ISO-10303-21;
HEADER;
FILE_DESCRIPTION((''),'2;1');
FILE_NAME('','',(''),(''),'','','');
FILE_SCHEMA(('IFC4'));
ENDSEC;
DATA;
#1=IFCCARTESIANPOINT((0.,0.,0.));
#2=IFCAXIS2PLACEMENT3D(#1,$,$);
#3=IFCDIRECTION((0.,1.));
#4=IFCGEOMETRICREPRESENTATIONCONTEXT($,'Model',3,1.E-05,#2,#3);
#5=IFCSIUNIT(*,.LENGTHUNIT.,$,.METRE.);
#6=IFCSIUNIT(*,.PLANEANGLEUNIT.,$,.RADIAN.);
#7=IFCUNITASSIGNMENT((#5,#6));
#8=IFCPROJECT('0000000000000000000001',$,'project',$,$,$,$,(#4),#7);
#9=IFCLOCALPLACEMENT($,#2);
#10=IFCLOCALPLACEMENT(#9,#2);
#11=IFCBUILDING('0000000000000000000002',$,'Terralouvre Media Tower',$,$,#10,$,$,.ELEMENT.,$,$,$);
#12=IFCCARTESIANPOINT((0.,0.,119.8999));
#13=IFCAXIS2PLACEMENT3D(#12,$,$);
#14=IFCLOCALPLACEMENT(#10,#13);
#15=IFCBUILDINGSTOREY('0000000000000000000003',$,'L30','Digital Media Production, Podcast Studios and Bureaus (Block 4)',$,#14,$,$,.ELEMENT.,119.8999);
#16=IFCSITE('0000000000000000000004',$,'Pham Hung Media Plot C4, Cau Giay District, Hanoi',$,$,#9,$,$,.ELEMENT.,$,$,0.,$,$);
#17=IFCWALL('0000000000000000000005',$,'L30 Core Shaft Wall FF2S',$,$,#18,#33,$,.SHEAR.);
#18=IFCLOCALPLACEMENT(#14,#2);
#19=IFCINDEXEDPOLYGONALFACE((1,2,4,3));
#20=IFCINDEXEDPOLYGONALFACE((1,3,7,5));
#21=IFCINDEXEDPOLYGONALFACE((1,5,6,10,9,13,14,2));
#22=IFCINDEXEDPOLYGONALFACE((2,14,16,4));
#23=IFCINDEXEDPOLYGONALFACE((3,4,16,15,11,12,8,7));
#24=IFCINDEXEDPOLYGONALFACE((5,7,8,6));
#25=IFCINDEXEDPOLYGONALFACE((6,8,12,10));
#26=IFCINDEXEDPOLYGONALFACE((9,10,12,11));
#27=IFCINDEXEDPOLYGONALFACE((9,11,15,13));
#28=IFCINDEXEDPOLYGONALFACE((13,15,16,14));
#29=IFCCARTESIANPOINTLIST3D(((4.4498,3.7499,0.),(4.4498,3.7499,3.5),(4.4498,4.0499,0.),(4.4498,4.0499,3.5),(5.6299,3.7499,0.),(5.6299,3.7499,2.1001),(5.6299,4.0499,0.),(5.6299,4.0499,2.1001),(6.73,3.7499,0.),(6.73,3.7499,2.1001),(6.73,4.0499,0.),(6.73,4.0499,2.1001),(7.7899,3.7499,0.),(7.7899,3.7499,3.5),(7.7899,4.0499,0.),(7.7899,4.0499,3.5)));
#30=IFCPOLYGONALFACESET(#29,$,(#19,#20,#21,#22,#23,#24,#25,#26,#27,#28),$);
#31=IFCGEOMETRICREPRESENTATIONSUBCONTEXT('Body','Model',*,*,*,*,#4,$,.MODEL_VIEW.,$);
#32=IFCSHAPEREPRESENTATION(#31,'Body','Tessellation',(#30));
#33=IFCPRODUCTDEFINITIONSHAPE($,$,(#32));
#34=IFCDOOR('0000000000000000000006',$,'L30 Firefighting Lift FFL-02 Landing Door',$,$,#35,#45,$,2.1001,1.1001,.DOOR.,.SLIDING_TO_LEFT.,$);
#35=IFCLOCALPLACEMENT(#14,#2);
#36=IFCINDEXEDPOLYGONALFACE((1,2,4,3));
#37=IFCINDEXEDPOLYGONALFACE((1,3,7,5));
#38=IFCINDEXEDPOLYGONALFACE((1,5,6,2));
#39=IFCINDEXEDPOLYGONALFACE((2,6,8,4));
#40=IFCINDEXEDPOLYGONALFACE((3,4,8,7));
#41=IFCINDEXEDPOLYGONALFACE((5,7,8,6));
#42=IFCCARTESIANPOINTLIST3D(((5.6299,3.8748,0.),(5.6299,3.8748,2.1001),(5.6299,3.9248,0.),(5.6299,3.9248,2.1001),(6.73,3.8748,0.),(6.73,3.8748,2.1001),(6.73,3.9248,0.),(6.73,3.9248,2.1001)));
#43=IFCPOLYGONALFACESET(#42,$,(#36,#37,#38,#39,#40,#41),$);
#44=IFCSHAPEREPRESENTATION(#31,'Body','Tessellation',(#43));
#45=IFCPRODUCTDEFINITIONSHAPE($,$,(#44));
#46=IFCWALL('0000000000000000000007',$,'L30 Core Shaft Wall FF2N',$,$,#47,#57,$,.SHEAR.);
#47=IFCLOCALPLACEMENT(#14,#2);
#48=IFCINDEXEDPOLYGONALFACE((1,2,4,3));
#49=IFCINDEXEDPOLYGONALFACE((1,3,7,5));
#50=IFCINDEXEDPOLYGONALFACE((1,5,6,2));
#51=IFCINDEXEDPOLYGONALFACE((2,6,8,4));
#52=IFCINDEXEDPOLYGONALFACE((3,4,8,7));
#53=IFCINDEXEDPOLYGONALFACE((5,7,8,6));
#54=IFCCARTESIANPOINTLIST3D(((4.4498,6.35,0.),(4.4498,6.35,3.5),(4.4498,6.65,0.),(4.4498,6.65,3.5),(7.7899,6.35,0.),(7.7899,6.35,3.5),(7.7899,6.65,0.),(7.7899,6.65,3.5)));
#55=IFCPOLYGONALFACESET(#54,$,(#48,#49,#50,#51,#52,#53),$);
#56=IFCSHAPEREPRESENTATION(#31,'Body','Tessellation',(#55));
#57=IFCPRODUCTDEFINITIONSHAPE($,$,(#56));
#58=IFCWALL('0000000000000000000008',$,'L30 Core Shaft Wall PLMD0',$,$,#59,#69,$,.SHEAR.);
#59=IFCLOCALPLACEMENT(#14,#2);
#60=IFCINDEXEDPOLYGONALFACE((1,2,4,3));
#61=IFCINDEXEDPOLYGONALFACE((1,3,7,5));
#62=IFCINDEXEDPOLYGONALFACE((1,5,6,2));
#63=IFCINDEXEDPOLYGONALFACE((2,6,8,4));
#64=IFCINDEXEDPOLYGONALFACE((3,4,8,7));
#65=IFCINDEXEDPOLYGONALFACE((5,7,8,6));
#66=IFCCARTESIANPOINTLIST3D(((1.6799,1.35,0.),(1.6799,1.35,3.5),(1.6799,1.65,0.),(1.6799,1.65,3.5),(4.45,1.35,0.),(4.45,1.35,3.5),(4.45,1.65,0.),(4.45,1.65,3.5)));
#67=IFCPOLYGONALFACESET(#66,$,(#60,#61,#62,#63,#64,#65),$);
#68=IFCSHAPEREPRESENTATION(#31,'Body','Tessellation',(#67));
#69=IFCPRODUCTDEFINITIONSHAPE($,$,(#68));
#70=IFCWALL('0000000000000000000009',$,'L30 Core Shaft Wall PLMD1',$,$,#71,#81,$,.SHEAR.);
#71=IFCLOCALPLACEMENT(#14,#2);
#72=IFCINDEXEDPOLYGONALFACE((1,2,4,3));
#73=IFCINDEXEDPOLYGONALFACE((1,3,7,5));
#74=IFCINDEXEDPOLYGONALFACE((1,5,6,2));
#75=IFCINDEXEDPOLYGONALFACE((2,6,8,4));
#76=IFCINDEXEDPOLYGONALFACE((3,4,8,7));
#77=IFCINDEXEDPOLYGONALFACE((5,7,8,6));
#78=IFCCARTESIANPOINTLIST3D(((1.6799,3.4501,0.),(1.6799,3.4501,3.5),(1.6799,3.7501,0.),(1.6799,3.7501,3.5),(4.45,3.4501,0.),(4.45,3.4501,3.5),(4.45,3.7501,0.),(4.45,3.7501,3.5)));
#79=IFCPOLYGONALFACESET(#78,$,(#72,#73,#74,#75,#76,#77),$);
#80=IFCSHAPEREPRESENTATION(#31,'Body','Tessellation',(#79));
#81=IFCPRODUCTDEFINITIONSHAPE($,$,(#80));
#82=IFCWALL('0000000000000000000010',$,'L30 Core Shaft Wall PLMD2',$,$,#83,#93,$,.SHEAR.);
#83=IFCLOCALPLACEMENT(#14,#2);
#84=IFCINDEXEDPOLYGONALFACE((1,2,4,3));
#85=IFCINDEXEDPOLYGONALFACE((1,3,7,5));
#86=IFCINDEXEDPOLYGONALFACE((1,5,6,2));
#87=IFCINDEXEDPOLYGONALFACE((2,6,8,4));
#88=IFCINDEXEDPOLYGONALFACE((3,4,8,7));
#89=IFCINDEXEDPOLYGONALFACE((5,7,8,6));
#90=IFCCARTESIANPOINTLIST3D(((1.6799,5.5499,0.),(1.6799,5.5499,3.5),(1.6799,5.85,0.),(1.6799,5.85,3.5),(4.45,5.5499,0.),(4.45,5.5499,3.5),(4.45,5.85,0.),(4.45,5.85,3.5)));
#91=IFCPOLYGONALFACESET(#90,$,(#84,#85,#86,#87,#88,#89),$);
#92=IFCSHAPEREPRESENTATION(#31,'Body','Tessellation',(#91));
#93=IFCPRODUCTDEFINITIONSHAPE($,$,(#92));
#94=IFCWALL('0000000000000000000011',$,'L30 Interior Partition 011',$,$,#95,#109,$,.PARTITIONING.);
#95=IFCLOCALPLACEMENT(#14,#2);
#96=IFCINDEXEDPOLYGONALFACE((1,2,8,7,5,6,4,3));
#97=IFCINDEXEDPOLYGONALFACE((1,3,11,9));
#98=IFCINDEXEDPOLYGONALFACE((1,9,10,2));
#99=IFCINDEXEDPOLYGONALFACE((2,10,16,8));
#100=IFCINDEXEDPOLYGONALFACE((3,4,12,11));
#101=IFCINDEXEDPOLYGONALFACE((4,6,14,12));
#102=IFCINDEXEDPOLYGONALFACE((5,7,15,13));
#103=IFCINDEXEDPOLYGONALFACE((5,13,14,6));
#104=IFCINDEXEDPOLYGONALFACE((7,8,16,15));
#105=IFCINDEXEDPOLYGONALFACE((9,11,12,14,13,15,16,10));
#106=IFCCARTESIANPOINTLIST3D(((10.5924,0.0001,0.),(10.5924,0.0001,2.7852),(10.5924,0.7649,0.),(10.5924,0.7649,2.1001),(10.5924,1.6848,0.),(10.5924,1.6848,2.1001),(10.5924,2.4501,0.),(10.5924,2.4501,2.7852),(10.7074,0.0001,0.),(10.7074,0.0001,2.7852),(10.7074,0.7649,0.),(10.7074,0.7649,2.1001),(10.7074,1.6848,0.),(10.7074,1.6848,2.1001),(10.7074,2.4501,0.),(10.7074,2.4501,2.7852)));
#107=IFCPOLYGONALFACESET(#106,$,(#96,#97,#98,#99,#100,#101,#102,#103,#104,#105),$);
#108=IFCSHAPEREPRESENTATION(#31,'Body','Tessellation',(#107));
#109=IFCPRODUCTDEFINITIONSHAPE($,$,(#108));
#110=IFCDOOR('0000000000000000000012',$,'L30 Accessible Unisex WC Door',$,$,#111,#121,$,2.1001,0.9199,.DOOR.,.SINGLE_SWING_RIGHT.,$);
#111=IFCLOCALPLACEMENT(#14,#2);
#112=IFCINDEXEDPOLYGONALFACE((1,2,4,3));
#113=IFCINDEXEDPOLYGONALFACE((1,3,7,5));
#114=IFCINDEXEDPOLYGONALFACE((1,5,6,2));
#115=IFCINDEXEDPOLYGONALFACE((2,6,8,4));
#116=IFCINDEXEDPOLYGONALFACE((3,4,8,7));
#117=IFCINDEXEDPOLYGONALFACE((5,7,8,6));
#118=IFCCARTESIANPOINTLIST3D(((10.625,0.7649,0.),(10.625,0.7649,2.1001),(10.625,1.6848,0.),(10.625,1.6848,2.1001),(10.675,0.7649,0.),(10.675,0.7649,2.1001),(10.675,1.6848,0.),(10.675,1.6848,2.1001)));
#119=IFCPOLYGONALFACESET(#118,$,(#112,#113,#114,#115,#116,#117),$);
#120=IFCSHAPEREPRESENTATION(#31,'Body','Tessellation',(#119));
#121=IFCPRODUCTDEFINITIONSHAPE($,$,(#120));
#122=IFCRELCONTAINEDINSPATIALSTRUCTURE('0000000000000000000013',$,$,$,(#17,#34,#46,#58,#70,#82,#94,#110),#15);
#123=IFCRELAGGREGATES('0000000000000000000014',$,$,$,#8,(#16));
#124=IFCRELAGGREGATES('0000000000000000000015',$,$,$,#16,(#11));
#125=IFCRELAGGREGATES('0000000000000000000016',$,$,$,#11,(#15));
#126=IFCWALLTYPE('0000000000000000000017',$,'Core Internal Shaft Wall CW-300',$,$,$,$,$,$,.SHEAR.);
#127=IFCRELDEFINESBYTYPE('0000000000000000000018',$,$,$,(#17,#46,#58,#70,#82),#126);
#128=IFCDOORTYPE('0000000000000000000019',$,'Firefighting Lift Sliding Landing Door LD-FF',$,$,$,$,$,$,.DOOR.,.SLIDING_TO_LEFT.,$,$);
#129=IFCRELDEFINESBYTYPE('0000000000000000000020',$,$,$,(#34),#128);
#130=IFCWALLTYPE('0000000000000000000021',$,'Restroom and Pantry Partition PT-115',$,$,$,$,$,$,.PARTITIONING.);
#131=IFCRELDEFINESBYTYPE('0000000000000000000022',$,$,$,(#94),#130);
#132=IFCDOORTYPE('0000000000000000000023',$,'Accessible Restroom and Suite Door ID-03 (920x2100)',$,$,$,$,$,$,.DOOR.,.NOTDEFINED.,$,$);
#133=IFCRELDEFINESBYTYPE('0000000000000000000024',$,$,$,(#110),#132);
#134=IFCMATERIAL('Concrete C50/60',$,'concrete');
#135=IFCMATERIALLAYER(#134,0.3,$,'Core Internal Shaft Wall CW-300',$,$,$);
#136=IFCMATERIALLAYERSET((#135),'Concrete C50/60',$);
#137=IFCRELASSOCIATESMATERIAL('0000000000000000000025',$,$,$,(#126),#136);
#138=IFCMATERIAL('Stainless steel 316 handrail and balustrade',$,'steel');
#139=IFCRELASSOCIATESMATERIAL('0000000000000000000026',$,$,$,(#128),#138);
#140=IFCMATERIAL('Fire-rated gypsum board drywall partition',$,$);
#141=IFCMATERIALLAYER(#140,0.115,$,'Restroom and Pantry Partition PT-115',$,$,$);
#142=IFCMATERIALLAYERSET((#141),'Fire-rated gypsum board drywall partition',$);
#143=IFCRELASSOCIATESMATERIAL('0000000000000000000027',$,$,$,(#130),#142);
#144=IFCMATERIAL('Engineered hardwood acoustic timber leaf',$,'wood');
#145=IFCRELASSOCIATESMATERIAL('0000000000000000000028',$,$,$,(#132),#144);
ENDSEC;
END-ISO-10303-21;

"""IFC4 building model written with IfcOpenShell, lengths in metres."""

from ifc_helpers import new_model, si_unit, direction, frame, frame_2d, origin, place, context, subcontext, project, spatial, rectangle, extrude, material, layer, layer_set, type_object, element, fill, save


model = new_model("IFC4")

# Units and contexts
model_context = context("Model", 3, precision=1e-05, world=origin(), true_north=direction((0.0, 1.0)))
body_context = subcontext(model_context, "Body", "Model", "MODEL_VIEW")
ifc_project = project(units=[si_unit("LENGTHUNIT", "METRE"), si_unit("PLANEANGLEUNIT", "RADIAN")], contexts=[model_context])

# Site, building, storey
site_placement = place(None, origin())
site = spatial("IfcSite", under=ifc_project, at=site_placement, Name="Pham Hung Media Plot C4, Cau Giay District, Hanoi", CompositionType="ELEMENT", RefElevation=0.0)
building_placement = place(site_placement, origin())
building = spatial("IfcBuilding", under=site, at=building_placement, Name="Terralouvre Media Tower", CompositionType="ELEMENT")
storey_placement = place(building_placement, frame((0.0, 0.0, 119.8999)))
storey = spatial("IfcBuildingStorey", under=building, at=storey_placement, Name="L30", Description="Digital Media Production, Podcast Studios and Bureaus (Block 4)", CompositionType="ELEMENT", Elevation=119.8999)

# Wall, opening, door
ifc_material_1 = material(Name="Concrete C50/60", Category="concrete")
ifc_layer_1 = layer(ifc_material_1, 0.3, Name="Core Internal Shaft Wall CW-300")
ifc_layer_set_1 = layer_set([ifc_layer_1], Name="Concrete C50/60")
wall_type_1 = type_object("IfcWallType", Name="Core Internal Shaft Wall CW-300", PredefinedType="SHEAR", material=ifc_layer_set_1)
wall_1_placement = place(storey_placement, frame((4.45, 3.8999, 0.0), z_axis=(0.0, 0.0, 1.0), x_axis=(1.0, 0.0, 0.0)))
wall_1 = element("IfcWall", 1, at=wall_1_placement, inside=storey, type_object=wall_type_1, Name="L30 Core Shaft Wall FF2S", PredefinedType="SHEAR", context=body_context, shape_type="SweptSolid", body=[
    extrude(rectangle(XDim=3.3401, YDim=0.3, at=frame_2d((1.6699, 0.0))), origin(), (0.0, 0.0, 1.0), 3.5),
])
opening_1_placement = place(wall_1_placement, frame((1.1799, 0.0, 0.0)))
opening_1 = element("IfcOpeningElement", 2, at=opening_1_placement, cuts=wall_1, PredefinedType="OPENING", context=body_context, shape_type="SweptSolid", body=[
    extrude(rectangle(XDim=1.1001, YDim=2.1001, at=frame_2d((0.55, 1.05))), frame((0.0, 0.1599, 0.0), z_axis=(0.0, -1.0, 0.0), x_axis=(1.0, 0.0, 0.0)), (0.0, 0.0, 1.0), 0.3201),
])
ifc_material_2 = material(Name="Stainless steel 316 handrail and balustrade", Category="steel")
door_type_1 = type_object("IfcDoorType", Name="Firefighting Lift Sliding Landing Door LD-FF", OperationType="SLIDING_TO_LEFT", PredefinedType="DOOR", material=ifc_material_2)
door_1_placement = place(opening_1_placement, origin())
door_1 = element("IfcDoor", 3, at=door_1_placement, inside=storey, type_object=door_type_1, Name="L30 Firefighting Lift FFL-02 Landing Door", OperationType="SLIDING_TO_LEFT", OverallHeight=2.1001, OverallWidth=1.1001, PredefinedType="DOOR", context=body_context, shape_type="SweptSolid", body=[
    extrude(rectangle(XDim=1.1001, YDim=2.1001, at=frame_2d((0.55, 1.05))), frame((0.0, 0.0249, 0.0), z_axis=(0.0, -1.0, 0.0), x_axis=(1.0, 0.0, 0.0)), (0.0, 0.0, 1.0), 0.05),
])
fill(opening_1, door_1)

# Walls
wall_2_placement = place(storey_placement, frame((4.45, 6.5, 0.0), z_axis=(0.0, 0.0, 1.0), x_axis=(1.0, 0.0, 0.0)))
element("IfcWall", 4, at=wall_2_placement, inside=storey, type_object=wall_type_1, Name="L30 Core Shaft Wall FF2N", PredefinedType="SHEAR", context=body_context, shape_type="SweptSolid", body=[
    extrude(rectangle(XDim=3.3401, YDim=0.3, at=frame_2d((1.6699, 0.0))), origin(), (0.0, 0.0, 1.0), 3.5),
])
for number, where, z_axis, x_axis, name in (
    (5, (1.6799, 1.5, 0.0), (0.0, 0.0, 1.0), (1.0, 0.0, 0.0), "L30 Core Shaft Wall PLMD0"),
    (6, (1.6799, 3.6001, 0.0), (0.0, 0.0, 1.0), (1.0, 0.0, 0.0), "L30 Core Shaft Wall PLMD1"),
    (7, (1.6799, 5.7, 0.0), (0.0, 0.0, 1.0), (1.0, 0.0, 0.0), "L30 Core Shaft Wall PLMD2"),
):
    element("IfcWall", number, at=place(storey_placement, frame(where, z_axis=z_axis, x_axis=x_axis)), inside=storey, type_object=wall_type_1, Name=name, PredefinedType="SHEAR", context=body_context, shape_type="SweptSolid", body=[
        extrude(rectangle(XDim=2.77, YDim=0.3, at=frame_2d((1.385, 0.0))), origin(), (0.0, 0.0, 1.0), 3.5),
    ])

# Wall, opening, door
ifc_material_3 = material(Name="Fire-rated gypsum board drywall partition")
ifc_layer_2 = layer(ifc_material_3, 0.115, Name="Restroom and Pantry Partition PT-115")
ifc_layer_set_2 = layer_set([ifc_layer_2], Name="Fire-rated gypsum board drywall partition")
wall_type_2 = type_object("IfcWallType", Name="Restroom and Pantry Partition PT-115", PredefinedType="PARTITIONING", material=ifc_layer_set_2)
wall_3_placement = place(storey_placement, frame((10.6499, 0.0, 0.0), z_axis=(0.0, 0.0, 1.0), x_axis=(0.0, 1.0, 0.0)))
wall_3 = element("IfcWall", 8, at=wall_3_placement, inside=storey, type_object=wall_type_2, Name="L30 Interior Partition 011", PredefinedType="PARTITIONING", context=body_context, shape_type="SweptSolid", body=[
    extrude(rectangle(XDim=2.45, YDim=0.115, at=frame_2d((1.2251, 0.0))), origin(), (0.0, 0.0, 1.0), 2.7852),
])
opening_2_placement = place(wall_3_placement, frame((0.7649, 0.0, 0.0)))
opening_2 = element("IfcOpeningElement", 9, at=opening_2_placement, cuts=wall_3, PredefinedType="OPENING", context=body_context, shape_type="SweptSolid", body=[
    extrude(rectangle(XDim=0.9199, YDim=2.1001, at=frame_2d((0.46, 1.05))), frame((0.0, 0.0674, 0.0), z_axis=(0.0, -1.0, 0.0), x_axis=(1.0, 0.0, 0.0)), (0.0, 0.0, 1.0), 0.135),
])
ifc_material_4 = material(Name="Engineered hardwood acoustic timber leaf", Category="wood")
door_type_2 = type_object("IfcDoorType", Name="Accessible Restroom and Suite Door ID-03 (920x2100)", OperationType="NOTDEFINED", PredefinedType="DOOR", material=ifc_material_4)
door_2_placement = place(opening_2_placement, origin())
door_2 = element("IfcDoor", 10, at=door_2_placement, inside=storey, type_object=door_type_2, Name="L30 Accessible Unisex WC Door", OperationType="SINGLE_SWING_RIGHT", OverallHeight=2.1001, OverallWidth=0.9199, PredefinedType="DOOR", context=body_context, shape_type="SweptSolid", body=[
    extrude(rectangle(XDim=0.9199, YDim=2.1001, at=frame_2d((0.46, 1.05))), frame((0.0, 0.0249, 0.0), z_axis=(0.0, -1.0, 0.0), x_axis=(1.0, 0.0, 0.0)), (0.0, 0.0, 1.0), 0.05),
])
fill(opening_2, door_2)

save(model, "model.ifc")
